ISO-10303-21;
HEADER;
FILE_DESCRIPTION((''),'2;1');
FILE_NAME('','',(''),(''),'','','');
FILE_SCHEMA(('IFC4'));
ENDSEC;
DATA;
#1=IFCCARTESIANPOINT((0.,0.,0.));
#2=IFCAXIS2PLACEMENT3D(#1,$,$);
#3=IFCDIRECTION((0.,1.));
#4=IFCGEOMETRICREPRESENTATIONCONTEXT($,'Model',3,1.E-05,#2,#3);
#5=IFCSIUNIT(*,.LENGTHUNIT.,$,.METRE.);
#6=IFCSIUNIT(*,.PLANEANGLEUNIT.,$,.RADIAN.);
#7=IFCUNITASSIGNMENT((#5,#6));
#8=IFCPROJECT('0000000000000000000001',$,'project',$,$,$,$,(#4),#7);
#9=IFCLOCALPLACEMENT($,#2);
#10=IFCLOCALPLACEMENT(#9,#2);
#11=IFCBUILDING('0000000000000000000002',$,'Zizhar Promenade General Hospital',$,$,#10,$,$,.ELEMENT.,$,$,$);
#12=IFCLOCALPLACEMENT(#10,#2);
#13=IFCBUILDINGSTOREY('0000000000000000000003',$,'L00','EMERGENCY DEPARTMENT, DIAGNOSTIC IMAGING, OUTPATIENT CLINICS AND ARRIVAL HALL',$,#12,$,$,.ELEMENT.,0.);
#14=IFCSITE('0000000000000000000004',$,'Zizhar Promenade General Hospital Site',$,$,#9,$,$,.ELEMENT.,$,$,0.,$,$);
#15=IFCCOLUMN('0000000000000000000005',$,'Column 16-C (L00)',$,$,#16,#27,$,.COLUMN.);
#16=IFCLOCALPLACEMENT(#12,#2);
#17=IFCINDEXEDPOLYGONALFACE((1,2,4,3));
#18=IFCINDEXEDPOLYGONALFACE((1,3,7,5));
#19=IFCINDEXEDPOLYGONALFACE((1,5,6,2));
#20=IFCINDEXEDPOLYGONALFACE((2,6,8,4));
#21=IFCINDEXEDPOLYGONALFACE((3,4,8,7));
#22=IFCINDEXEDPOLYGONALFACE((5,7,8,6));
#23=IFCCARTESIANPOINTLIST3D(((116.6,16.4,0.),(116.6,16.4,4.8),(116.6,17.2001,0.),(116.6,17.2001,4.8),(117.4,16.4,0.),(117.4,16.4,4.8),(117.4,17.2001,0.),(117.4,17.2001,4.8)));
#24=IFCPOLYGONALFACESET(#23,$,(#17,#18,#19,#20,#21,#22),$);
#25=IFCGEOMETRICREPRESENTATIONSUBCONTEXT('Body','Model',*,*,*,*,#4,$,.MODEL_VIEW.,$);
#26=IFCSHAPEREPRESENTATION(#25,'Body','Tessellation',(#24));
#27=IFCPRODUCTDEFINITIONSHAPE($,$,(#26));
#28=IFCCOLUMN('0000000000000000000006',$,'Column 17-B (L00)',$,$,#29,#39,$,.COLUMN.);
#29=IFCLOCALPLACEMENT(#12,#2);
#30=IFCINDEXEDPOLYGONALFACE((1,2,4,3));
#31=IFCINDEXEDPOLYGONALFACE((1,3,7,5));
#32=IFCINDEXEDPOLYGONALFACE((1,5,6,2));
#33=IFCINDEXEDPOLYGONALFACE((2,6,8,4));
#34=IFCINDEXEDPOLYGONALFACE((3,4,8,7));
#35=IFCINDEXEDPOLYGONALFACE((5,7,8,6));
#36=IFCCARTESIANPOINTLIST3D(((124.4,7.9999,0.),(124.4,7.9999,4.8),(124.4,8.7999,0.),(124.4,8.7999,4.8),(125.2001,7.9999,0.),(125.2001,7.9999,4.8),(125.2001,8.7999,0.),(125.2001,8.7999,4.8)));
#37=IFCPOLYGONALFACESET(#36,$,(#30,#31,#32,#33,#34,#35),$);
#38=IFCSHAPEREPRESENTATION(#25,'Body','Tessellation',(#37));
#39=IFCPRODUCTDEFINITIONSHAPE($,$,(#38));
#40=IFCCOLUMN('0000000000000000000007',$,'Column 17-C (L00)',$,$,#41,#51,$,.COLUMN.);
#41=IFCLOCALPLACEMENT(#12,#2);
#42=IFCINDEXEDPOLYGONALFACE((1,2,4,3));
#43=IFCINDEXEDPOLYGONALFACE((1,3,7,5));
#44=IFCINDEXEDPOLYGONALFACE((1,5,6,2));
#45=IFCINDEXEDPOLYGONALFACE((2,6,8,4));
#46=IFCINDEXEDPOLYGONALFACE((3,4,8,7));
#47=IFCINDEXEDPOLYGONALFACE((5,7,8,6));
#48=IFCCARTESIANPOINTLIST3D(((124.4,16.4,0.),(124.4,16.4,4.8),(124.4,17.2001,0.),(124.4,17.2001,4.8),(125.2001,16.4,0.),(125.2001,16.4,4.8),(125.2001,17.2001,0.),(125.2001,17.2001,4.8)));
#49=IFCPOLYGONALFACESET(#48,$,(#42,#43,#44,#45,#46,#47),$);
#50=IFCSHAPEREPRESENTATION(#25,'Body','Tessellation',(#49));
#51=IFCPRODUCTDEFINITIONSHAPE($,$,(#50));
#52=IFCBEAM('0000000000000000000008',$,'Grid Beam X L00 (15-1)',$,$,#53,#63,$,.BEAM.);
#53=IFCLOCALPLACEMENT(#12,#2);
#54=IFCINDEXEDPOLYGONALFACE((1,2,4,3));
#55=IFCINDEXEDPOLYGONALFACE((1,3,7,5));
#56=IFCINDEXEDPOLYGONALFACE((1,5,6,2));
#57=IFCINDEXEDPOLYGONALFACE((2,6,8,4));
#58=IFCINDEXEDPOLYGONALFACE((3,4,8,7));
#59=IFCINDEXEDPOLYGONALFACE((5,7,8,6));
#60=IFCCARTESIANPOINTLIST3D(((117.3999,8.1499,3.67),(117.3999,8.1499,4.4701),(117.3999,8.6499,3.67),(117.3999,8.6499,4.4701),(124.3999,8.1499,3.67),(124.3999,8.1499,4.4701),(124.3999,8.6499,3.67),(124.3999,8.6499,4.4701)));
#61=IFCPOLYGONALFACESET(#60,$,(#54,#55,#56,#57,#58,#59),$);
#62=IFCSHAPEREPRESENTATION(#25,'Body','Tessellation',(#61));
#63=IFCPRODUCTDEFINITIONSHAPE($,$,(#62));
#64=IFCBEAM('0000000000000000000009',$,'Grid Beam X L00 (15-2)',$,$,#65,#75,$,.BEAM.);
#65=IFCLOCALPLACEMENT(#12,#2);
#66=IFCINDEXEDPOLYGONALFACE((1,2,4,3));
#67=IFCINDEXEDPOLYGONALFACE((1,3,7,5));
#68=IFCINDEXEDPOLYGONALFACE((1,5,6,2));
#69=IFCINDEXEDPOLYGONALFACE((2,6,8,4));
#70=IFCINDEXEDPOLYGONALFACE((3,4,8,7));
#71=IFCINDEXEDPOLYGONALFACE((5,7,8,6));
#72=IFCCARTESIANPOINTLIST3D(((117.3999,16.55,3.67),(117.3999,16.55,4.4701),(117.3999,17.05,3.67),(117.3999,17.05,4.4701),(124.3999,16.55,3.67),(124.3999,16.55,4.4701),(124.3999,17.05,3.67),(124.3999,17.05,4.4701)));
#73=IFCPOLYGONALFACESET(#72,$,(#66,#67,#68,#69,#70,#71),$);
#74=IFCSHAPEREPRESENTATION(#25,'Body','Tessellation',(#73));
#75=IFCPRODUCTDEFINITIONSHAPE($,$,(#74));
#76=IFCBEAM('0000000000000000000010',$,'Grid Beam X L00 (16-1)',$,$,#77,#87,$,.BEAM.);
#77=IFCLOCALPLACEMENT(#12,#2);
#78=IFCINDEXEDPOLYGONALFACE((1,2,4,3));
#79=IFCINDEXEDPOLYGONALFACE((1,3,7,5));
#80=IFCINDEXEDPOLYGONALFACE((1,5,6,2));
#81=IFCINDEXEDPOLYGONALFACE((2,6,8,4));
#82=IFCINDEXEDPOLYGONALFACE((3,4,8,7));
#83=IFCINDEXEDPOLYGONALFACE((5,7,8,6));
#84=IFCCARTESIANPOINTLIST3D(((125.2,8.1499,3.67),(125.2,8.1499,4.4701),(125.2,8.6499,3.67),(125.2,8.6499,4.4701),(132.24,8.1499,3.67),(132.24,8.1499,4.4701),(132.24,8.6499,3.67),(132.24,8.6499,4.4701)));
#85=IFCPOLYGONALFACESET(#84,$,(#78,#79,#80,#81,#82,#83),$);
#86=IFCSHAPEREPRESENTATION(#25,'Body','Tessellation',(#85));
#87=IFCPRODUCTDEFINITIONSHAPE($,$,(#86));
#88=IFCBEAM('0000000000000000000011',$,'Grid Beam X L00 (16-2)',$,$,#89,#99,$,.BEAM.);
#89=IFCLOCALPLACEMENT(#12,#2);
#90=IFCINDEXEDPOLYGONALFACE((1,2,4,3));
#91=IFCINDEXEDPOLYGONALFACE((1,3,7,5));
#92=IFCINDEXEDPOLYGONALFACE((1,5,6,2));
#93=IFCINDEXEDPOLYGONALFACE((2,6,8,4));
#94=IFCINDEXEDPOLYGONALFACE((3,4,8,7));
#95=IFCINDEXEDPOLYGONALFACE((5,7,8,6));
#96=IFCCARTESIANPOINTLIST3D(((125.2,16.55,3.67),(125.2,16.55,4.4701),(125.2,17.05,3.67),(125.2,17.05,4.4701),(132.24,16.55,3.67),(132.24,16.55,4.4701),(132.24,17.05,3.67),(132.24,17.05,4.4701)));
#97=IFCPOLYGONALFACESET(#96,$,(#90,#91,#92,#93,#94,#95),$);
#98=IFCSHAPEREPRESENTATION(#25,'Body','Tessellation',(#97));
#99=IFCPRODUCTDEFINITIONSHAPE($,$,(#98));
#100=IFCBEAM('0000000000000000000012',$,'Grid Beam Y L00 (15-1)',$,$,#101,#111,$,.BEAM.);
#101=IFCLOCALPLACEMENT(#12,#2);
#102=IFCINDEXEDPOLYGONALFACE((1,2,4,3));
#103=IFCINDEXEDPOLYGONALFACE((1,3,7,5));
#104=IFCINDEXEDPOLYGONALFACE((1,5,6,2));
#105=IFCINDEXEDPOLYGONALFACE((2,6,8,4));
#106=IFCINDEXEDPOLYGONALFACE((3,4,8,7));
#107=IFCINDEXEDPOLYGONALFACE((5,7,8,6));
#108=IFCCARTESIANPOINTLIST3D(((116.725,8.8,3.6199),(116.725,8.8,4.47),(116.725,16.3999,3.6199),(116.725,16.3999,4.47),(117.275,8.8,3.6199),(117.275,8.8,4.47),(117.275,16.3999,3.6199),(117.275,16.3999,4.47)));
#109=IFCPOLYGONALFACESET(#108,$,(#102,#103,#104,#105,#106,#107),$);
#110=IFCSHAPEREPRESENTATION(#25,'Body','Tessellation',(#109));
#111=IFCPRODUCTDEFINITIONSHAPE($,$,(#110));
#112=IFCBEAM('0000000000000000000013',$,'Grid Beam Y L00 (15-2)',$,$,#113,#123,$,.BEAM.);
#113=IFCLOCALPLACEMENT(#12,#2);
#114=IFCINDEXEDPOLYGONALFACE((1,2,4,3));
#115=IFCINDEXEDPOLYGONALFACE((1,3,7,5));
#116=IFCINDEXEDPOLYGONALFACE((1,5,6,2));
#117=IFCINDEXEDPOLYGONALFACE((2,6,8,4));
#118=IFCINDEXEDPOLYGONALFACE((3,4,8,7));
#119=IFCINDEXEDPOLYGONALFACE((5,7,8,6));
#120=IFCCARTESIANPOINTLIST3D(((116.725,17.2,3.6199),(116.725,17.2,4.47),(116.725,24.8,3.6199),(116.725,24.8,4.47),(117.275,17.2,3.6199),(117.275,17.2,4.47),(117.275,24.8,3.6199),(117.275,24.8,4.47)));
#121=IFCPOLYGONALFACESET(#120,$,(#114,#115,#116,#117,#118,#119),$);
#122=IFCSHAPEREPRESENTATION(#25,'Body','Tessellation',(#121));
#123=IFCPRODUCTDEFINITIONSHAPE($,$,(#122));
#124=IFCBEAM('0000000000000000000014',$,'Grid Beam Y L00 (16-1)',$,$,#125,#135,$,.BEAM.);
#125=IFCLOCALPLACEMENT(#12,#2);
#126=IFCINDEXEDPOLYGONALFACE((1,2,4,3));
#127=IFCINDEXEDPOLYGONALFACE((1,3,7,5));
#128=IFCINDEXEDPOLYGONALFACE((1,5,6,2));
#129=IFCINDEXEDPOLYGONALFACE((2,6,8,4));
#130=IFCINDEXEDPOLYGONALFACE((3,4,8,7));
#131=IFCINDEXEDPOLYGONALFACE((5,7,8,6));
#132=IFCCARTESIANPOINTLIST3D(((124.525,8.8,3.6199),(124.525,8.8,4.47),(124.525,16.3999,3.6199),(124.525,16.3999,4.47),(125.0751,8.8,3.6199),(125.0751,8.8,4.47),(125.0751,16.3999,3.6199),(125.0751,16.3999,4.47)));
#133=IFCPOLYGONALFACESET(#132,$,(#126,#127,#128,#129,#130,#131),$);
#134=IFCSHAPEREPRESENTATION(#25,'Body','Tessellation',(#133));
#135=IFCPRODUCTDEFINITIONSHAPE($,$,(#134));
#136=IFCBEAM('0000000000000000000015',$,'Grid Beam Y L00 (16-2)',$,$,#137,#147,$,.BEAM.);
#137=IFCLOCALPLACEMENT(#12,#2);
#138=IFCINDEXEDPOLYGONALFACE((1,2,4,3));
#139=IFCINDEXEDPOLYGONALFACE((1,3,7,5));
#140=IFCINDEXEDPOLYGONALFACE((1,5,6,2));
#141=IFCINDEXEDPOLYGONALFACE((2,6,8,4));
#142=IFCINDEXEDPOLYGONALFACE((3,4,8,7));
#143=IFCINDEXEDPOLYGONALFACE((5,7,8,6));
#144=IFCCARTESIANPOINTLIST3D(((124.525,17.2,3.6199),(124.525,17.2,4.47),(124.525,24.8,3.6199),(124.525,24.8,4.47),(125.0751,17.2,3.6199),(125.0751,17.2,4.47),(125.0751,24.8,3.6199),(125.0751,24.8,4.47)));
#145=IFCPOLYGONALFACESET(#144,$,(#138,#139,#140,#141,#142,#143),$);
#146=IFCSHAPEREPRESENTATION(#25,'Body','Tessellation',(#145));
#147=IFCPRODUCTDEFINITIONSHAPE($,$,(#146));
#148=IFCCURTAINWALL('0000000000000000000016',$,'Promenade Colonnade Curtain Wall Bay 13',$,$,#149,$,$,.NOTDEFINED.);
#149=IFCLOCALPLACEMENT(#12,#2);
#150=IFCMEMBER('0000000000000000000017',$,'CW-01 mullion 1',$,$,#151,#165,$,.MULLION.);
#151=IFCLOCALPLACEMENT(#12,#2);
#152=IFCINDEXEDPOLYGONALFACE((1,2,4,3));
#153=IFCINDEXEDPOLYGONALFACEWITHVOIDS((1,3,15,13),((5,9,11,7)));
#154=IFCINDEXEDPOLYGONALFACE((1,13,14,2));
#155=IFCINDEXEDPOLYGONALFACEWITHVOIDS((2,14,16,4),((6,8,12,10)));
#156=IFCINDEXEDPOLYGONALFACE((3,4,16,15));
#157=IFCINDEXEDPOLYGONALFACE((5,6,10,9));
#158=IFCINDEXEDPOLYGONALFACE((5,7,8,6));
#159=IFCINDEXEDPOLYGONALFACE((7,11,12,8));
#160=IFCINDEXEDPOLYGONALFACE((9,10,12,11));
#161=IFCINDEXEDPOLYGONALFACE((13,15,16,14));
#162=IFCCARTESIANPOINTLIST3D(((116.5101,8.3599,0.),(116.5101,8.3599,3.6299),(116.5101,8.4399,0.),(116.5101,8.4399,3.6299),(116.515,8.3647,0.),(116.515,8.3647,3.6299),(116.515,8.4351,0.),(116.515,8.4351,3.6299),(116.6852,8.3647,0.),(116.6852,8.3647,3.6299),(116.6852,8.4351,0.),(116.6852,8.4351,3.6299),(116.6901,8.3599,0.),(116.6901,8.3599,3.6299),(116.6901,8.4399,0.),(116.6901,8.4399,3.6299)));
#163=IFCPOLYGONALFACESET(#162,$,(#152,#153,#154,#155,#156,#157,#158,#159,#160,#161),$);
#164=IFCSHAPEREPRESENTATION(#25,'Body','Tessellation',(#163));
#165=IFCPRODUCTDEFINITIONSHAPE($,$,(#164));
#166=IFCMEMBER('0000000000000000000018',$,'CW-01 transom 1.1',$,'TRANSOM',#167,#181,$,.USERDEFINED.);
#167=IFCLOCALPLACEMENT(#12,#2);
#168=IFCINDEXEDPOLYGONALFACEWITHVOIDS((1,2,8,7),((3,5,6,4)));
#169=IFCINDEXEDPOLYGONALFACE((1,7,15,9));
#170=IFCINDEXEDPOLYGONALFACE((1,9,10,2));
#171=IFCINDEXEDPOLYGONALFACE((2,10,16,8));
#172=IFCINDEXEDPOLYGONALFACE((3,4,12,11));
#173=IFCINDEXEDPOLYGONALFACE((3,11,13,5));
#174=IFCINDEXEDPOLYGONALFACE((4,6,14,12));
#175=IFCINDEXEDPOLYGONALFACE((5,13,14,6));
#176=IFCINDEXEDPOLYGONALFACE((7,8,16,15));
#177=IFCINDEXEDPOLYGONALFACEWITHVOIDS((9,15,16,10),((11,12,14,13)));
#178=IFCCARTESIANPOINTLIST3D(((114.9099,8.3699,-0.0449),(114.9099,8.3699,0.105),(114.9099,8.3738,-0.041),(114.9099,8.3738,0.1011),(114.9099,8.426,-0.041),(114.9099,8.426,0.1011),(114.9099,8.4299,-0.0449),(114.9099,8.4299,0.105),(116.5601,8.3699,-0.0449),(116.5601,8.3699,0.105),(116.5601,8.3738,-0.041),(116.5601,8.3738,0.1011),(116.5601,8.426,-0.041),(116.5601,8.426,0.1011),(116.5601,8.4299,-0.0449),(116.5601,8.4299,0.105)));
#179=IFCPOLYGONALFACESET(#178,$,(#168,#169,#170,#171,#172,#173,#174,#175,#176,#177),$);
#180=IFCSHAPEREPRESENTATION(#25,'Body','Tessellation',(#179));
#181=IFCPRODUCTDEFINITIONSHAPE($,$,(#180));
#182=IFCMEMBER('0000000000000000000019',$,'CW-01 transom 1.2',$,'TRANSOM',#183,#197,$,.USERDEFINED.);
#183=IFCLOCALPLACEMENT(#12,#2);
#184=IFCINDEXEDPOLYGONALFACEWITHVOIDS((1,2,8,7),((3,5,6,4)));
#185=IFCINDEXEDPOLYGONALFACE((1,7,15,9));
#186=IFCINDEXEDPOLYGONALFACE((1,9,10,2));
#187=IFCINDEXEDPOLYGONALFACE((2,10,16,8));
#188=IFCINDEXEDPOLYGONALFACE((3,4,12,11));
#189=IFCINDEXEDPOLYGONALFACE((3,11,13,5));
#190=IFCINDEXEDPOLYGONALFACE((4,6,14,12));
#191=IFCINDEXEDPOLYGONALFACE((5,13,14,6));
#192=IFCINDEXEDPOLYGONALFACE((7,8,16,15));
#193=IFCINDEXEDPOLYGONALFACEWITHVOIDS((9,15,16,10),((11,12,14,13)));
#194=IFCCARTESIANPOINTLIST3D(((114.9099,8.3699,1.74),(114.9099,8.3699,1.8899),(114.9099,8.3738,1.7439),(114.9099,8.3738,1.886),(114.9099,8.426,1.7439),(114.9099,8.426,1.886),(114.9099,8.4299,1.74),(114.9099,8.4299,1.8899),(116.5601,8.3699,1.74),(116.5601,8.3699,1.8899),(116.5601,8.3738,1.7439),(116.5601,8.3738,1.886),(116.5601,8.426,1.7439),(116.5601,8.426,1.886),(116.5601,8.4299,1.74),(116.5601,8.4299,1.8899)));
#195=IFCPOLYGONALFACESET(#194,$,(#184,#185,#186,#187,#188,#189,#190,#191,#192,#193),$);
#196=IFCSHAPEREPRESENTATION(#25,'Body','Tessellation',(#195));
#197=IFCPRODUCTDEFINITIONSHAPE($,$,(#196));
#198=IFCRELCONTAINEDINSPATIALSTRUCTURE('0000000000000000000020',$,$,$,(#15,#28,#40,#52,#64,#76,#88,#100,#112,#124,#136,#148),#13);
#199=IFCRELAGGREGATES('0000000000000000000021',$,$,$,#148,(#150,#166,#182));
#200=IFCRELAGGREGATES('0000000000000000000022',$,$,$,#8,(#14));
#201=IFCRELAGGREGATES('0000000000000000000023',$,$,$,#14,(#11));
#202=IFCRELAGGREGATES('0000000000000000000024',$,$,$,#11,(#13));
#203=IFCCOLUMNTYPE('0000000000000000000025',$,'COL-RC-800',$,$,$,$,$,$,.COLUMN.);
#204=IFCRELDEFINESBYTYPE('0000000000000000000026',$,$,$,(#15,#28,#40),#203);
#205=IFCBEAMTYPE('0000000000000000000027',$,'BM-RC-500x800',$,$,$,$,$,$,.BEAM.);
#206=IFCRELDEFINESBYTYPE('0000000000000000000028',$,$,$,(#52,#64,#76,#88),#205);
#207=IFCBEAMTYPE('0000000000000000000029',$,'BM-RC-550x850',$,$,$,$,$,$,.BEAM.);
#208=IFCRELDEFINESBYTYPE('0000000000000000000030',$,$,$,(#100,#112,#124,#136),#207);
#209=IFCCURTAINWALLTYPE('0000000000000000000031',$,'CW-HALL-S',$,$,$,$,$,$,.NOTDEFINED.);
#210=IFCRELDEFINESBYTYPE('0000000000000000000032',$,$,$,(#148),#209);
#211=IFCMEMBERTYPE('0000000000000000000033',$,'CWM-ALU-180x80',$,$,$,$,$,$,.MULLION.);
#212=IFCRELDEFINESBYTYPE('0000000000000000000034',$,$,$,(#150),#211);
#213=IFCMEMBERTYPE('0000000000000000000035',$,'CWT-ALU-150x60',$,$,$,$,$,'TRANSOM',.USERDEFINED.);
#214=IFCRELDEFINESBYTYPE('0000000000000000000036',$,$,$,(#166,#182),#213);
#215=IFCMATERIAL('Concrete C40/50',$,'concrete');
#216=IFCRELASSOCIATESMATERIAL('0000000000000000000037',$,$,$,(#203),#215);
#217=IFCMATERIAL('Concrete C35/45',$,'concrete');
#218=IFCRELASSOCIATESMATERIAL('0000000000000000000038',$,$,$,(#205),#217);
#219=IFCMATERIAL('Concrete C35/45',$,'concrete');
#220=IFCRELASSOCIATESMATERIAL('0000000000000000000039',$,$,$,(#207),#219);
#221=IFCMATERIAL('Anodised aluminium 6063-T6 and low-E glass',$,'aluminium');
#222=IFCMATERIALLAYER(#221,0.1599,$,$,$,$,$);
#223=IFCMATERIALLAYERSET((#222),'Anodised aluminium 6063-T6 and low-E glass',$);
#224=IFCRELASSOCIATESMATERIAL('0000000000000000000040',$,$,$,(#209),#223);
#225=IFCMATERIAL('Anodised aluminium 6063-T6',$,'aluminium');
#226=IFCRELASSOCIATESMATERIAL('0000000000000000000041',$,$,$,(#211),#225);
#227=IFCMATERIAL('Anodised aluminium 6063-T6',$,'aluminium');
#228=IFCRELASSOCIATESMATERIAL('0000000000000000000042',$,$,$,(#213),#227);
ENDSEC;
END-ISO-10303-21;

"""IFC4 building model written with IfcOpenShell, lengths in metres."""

from ifc_helpers import new_model, si_unit, direction, frame, origin, origin_2d, place, context, subcontext, project, spatial, rectangle, hollow_rectangle, extrude, material, layer, layer_set, material_profile, profile_set, type_object, element, aggregate, save


model = new_model("IFC4")

# Units and contexts
model_context = context("Model", 3, precision=1e-05, world=origin(), true_north=direction((0.0, 1.0)))
body_context = subcontext(model_context, "Body", "Model", "MODEL_VIEW")
ifc_project = project(units=[si_unit("LENGTHUNIT", "METRE"), si_unit("PLANEANGLEUNIT", "RADIAN")], contexts=[model_context])

# Site, building, storey
site_placement = place(None, origin())
site = spatial("IfcSite", under=ifc_project, at=site_placement, Name="Zizhar Promenade General Hospital Site", CompositionType="ELEMENT", RefElevation=0.0)
building_placement = place(site_placement, origin())
building = spatial("IfcBuilding", under=site, at=building_placement, Name="Zizhar Promenade General Hospital", CompositionType="ELEMENT")
storey_placement = place(building_placement, origin())
storey = spatial("IfcBuildingStorey", under=building, at=storey_placement, Name="L00", Description="EMERGENCY DEPARTMENT, DIAGNOSTIC IMAGING, OUTPATIENT CLINICS AND ARRIVAL HALL", CompositionType="ELEMENT", Elevation=0.0)

# Columns
ifc_material_1 = material(Name="Concrete C40/50", Category="concrete")
ifc_material_profile_1 = material_profile(ifc_material_1, rectangle(XDim=0.8, YDim=0.8, at=origin_2d()))
ifc_profile_set_1 = profile_set([ifc_material_profile_1], Name="Concrete C40/50")
column_type_1 = type_object("IfcColumnType", Name="COL-RC-800", PredefinedType="COLUMN", material=ifc_profile_set_1)
for number, where, z_axis, x_axis, name in (
    (1, (117.0, 16.8, 0.0), (0.0, 0.0, 1.0), (1.0, 0.0, 0.0), "Column 16-C (L00)"),
    (2, (124.8, 8.3999, 0.0), (0.0, 0.0, 1.0), (1.0, 0.0, 0.0), "Column 17-B (L00)"),
    (3, (124.8, 16.8, 0.0), (0.0, 0.0, 1.0), (1.0, 0.0, 0.0), "Column 17-C (L00)"),
):
    element("IfcColumn", number, at=place(storey_placement, frame(where, z_axis=z_axis, x_axis=x_axis)), inside=storey, type_object=column_type_1, Name=name, PredefinedType="COLUMN", context=body_context, shape_type="SweptSolid", body=[
        extrude(rectangle(XDim=0.8, YDim=0.8, at=origin_2d()), origin(), (0.0, 0.0, 1.0), 4.8),
    ])

# Beams
ifc_material_2 = material(Name="Concrete C35/45", Category="concrete")
ifc_material_profile_2 = material_profile(ifc_material_2, rectangle(XDim=0.5, YDim=0.8, at=origin_2d()))
ifc_profile_set_2 = profile_set([ifc_material_profile_2], Name="Concrete C35/45")
beam_type_1 = type_object("IfcBeamType", Name="BM-RC-500x800", PredefinedType="BEAM", material=ifc_profile_set_2)
for number, where, z_axis, x_axis, name in (
    (4, (117.3999, 8.3999, 4.0701), (1.0, 0.0, 0.0), (0.0, 1.0, 0.0), "Grid Beam X L00 (15-1)"),
    (5, (117.3999, 16.8, 4.0701), (1.0, 0.0, 0.0), (0.0, 1.0, 0.0), "Grid Beam X L00 (15-2)"),
):
    element("IfcBeam", number, at=place(storey_placement, frame(where, z_axis=z_axis, x_axis=x_axis)), inside=storey, type_object=beam_type_1, Name=name, PredefinedType="BEAM", context=body_context, shape_type="SweptSolid", body=[
        extrude(rectangle(XDim=0.5, YDim=0.8, at=origin_2d()), origin(), (0.0, 0.0, 1.0), 7.0),
    ])
for number, where, z_axis, x_axis, name in (
    (6, (125.2, 8.3999, 4.0701), (1.0, 0.0, 0.0), (0.0, 1.0, 0.0), "Grid Beam X L00 (16-1)"),
    (7, (125.2, 16.8, 4.0701), (1.0, 0.0, 0.0), (0.0, 1.0, 0.0), "Grid Beam X L00 (16-2)"),
):
    element("IfcBeam", number, at=place(storey_placement, frame(where, z_axis=z_axis, x_axis=x_axis)), inside=storey, type_object=beam_type_1, Name=name, PredefinedType="BEAM", context=body_context, shape_type="SweptSolid", body=[
        extrude(rectangle(XDim=0.5, YDim=0.8, at=origin_2d()), origin(), (0.0, 0.0, 1.0), 7.04),
    ])
ifc_material_3 = material(Name="Concrete C35/45", Category="concrete")
ifc_material_profile_3 = material_profile(ifc_material_3, rectangle(XDim=0.55, YDim=0.8501, at=origin_2d()))
ifc_profile_set_3 = profile_set([ifc_material_profile_3], Name="Concrete C35/45")
beam_type_2 = type_object("IfcBeamType", Name="BM-RC-550x850", PredefinedType="BEAM", material=ifc_profile_set_3)
beam_1_placement = place(storey_placement, frame((117.0, 8.8, 4.0449), z_axis=(0.0, 1.0, 0.0), x_axis=(-1.0, 0.0, 0.0)))
element("IfcBeam", 8, at=beam_1_placement, inside=storey, type_object=beam_type_2, Name="Grid Beam Y L00 (15-1)", PredefinedType="BEAM", context=body_context, shape_type="SweptSolid", body=[
    extrude(rectangle(XDim=0.55, YDim=0.8501, at=origin_2d()), origin(), (0.0, 0.0, 1.0), 7.5999),
])
beam_2_placement = place(storey_placement, frame((117.0, 17.2, 4.0449), z_axis=(0.0, 1.0, 0.0), x_axis=(-1.0, 0.0, 0.0)))
element("IfcBeam", 9, at=beam_2_placement, inside=storey, type_object=beam_type_2, Name="Grid Beam Y L00 (15-2)", PredefinedType="BEAM", context=body_context, shape_type="SweptSolid", body=[
    extrude(rectangle(XDim=0.55, YDim=0.8501, at=origin_2d()), origin(), (0.0, 0.0, 1.0), 7.6001),
])
beam_3_placement = place(storey_placement, frame((124.8, 8.8, 4.0449), z_axis=(0.0, 1.0, 0.0), x_axis=(-1.0, 0.0, 0.0)))
element("IfcBeam", 10, at=beam_3_placement, inside=storey, type_object=beam_type_2, Name="Grid Beam Y L00 (16-1)", PredefinedType="BEAM", context=body_context, shape_type="SweptSolid", body=[
    extrude(rectangle(XDim=0.55, YDim=0.8501, at=origin_2d()), origin(), (0.0, 0.0, 1.0), 7.5999),
])
beam_4_placement = place(storey_placement, frame((124.8, 17.2, 4.0449), z_axis=(0.0, 1.0, 0.0), x_axis=(-1.0, 0.0, 0.0)))
element("IfcBeam", 11, at=beam_4_placement, inside=storey, type_object=beam_type_2, Name="Grid Beam Y L00 (16-2)", PredefinedType="BEAM", context=body_context, shape_type="SweptSolid", body=[
    extrude(rectangle(XDim=0.55, YDim=0.8501, at=origin_2d()), origin(), (0.0, 0.0, 1.0), 7.6001),
])

# Curtain wall, members
ifc_material_4 = material(Name="Anodised aluminium 6063-T6 and low-E glass", Category="aluminium")
ifc_layer_1 = layer(ifc_material_4, 0.1599)
ifc_layer_set_1 = layer_set([ifc_layer_1], Name="Anodised aluminium 6063-T6 and low-E glass")
curtain_wall_type = type_object("IfcCurtainWallType", Name="CW-HALL-S", PredefinedType="NOTDEFINED", material=ifc_layer_set_1)
curtain_wall_placement = place(storey_placement, origin())
curtain_wall = element("IfcCurtainWall", 12, at=curtain_wall_placement, inside=storey, type_object=curtain_wall_type, Name="Promenade Colonnade Curtain Wall Bay 13", PredefinedType="NOTDEFINED")
ifc_material_5 = material(Name="Anodised aluminium 6063-T6", Category="aluminium")
ifc_material_profile_4 = material_profile(ifc_material_5, hollow_rectangle(XDim=0.0801, YDim=0.1799, WallThickness=0.0049, at=origin_2d()))
ifc_profile_set_4 = profile_set([ifc_material_profile_4], Name="Anodised aluminium 6063-T6")
member_type_1 = type_object("IfcMemberType", Name="CWM-ALU-180x80", PredefinedType="MULLION", material=ifc_profile_set_4)
member_1_placement = place(storey_placement, frame((116.6001, 8.3999, 0.0), z_axis=(0.0, 0.0, 1.0), x_axis=(0.0, -1.0, 0.0)))
member_1 = element("IfcMember", 13, at=member_1_placement, type_object=member_type_1, Name="CW-01 mullion 1", PredefinedType="MULLION", context=body_context, shape_type="SweptSolid", body=[
    extrude(hollow_rectangle(XDim=0.0801, YDim=0.1799, WallThickness=0.0049, at=origin_2d()), origin(), (0.0, 0.0, 1.0), 3.6299),
])
ifc_material_6 = material(Name="Anodised aluminium 6063-T6", Category="aluminium")
ifc_material_profile_5 = material_profile(ifc_material_6, hollow_rectangle(XDim=0.0601, YDim=0.1499, WallThickness=0.0039, at=origin_2d()))
ifc_profile_set_5 = profile_set([ifc_material_profile_5], Name="Anodised aluminium 6063-T6")
member_type_2 = type_object("IfcMemberType", Name="CWT-ALU-150x60", ElementType="TRANSOM", PredefinedType="USERDEFINED", material=ifc_profile_set_5)
member_2_placement = place(storey_placement, frame((116.5601, 8.3999, 0.03), z_axis=(-1.0, 0.0, 0.0), x_axis=(0.0, -1.0, 0.0)))
member_2 = element("IfcMember", 14, at=member_2_placement, type_object=member_type_2, Name="CW-01 transom 1.1", ObjectType="TRANSOM", PredefinedType="USERDEFINED", context=body_context, shape_type="SweptSolid", body=[
    extrude(hollow_rectangle(XDim=0.0601, YDim=0.1499, WallThickness=0.0039, at=origin_2d()), origin(), (0.0, 0.0, 1.0), 1.6501),
])
member_3_placement = place(storey_placement, frame((116.5601, 8.3999, 1.8149), z_axis=(-1.0, 0.0, 0.0), x_axis=(0.0, -1.0, 0.0)))
member_3 = element("IfcMember", 15, at=member_3_placement, type_object=member_type_2, Name="CW-01 transom 1.2", ObjectType="TRANSOM", PredefinedType="USERDEFINED", context=body_context, shape_type="SweptSolid", body=[
    extrude(hollow_rectangle(XDim=0.0601, YDim=0.1499, WallThickness=0.0039, at=origin_2d()), origin(), (0.0, 0.0, 1.0), 1.6501),
])
aggregate(curtain_wall, [member_1, member_2, member_3])

save(model, "model.ifc")
